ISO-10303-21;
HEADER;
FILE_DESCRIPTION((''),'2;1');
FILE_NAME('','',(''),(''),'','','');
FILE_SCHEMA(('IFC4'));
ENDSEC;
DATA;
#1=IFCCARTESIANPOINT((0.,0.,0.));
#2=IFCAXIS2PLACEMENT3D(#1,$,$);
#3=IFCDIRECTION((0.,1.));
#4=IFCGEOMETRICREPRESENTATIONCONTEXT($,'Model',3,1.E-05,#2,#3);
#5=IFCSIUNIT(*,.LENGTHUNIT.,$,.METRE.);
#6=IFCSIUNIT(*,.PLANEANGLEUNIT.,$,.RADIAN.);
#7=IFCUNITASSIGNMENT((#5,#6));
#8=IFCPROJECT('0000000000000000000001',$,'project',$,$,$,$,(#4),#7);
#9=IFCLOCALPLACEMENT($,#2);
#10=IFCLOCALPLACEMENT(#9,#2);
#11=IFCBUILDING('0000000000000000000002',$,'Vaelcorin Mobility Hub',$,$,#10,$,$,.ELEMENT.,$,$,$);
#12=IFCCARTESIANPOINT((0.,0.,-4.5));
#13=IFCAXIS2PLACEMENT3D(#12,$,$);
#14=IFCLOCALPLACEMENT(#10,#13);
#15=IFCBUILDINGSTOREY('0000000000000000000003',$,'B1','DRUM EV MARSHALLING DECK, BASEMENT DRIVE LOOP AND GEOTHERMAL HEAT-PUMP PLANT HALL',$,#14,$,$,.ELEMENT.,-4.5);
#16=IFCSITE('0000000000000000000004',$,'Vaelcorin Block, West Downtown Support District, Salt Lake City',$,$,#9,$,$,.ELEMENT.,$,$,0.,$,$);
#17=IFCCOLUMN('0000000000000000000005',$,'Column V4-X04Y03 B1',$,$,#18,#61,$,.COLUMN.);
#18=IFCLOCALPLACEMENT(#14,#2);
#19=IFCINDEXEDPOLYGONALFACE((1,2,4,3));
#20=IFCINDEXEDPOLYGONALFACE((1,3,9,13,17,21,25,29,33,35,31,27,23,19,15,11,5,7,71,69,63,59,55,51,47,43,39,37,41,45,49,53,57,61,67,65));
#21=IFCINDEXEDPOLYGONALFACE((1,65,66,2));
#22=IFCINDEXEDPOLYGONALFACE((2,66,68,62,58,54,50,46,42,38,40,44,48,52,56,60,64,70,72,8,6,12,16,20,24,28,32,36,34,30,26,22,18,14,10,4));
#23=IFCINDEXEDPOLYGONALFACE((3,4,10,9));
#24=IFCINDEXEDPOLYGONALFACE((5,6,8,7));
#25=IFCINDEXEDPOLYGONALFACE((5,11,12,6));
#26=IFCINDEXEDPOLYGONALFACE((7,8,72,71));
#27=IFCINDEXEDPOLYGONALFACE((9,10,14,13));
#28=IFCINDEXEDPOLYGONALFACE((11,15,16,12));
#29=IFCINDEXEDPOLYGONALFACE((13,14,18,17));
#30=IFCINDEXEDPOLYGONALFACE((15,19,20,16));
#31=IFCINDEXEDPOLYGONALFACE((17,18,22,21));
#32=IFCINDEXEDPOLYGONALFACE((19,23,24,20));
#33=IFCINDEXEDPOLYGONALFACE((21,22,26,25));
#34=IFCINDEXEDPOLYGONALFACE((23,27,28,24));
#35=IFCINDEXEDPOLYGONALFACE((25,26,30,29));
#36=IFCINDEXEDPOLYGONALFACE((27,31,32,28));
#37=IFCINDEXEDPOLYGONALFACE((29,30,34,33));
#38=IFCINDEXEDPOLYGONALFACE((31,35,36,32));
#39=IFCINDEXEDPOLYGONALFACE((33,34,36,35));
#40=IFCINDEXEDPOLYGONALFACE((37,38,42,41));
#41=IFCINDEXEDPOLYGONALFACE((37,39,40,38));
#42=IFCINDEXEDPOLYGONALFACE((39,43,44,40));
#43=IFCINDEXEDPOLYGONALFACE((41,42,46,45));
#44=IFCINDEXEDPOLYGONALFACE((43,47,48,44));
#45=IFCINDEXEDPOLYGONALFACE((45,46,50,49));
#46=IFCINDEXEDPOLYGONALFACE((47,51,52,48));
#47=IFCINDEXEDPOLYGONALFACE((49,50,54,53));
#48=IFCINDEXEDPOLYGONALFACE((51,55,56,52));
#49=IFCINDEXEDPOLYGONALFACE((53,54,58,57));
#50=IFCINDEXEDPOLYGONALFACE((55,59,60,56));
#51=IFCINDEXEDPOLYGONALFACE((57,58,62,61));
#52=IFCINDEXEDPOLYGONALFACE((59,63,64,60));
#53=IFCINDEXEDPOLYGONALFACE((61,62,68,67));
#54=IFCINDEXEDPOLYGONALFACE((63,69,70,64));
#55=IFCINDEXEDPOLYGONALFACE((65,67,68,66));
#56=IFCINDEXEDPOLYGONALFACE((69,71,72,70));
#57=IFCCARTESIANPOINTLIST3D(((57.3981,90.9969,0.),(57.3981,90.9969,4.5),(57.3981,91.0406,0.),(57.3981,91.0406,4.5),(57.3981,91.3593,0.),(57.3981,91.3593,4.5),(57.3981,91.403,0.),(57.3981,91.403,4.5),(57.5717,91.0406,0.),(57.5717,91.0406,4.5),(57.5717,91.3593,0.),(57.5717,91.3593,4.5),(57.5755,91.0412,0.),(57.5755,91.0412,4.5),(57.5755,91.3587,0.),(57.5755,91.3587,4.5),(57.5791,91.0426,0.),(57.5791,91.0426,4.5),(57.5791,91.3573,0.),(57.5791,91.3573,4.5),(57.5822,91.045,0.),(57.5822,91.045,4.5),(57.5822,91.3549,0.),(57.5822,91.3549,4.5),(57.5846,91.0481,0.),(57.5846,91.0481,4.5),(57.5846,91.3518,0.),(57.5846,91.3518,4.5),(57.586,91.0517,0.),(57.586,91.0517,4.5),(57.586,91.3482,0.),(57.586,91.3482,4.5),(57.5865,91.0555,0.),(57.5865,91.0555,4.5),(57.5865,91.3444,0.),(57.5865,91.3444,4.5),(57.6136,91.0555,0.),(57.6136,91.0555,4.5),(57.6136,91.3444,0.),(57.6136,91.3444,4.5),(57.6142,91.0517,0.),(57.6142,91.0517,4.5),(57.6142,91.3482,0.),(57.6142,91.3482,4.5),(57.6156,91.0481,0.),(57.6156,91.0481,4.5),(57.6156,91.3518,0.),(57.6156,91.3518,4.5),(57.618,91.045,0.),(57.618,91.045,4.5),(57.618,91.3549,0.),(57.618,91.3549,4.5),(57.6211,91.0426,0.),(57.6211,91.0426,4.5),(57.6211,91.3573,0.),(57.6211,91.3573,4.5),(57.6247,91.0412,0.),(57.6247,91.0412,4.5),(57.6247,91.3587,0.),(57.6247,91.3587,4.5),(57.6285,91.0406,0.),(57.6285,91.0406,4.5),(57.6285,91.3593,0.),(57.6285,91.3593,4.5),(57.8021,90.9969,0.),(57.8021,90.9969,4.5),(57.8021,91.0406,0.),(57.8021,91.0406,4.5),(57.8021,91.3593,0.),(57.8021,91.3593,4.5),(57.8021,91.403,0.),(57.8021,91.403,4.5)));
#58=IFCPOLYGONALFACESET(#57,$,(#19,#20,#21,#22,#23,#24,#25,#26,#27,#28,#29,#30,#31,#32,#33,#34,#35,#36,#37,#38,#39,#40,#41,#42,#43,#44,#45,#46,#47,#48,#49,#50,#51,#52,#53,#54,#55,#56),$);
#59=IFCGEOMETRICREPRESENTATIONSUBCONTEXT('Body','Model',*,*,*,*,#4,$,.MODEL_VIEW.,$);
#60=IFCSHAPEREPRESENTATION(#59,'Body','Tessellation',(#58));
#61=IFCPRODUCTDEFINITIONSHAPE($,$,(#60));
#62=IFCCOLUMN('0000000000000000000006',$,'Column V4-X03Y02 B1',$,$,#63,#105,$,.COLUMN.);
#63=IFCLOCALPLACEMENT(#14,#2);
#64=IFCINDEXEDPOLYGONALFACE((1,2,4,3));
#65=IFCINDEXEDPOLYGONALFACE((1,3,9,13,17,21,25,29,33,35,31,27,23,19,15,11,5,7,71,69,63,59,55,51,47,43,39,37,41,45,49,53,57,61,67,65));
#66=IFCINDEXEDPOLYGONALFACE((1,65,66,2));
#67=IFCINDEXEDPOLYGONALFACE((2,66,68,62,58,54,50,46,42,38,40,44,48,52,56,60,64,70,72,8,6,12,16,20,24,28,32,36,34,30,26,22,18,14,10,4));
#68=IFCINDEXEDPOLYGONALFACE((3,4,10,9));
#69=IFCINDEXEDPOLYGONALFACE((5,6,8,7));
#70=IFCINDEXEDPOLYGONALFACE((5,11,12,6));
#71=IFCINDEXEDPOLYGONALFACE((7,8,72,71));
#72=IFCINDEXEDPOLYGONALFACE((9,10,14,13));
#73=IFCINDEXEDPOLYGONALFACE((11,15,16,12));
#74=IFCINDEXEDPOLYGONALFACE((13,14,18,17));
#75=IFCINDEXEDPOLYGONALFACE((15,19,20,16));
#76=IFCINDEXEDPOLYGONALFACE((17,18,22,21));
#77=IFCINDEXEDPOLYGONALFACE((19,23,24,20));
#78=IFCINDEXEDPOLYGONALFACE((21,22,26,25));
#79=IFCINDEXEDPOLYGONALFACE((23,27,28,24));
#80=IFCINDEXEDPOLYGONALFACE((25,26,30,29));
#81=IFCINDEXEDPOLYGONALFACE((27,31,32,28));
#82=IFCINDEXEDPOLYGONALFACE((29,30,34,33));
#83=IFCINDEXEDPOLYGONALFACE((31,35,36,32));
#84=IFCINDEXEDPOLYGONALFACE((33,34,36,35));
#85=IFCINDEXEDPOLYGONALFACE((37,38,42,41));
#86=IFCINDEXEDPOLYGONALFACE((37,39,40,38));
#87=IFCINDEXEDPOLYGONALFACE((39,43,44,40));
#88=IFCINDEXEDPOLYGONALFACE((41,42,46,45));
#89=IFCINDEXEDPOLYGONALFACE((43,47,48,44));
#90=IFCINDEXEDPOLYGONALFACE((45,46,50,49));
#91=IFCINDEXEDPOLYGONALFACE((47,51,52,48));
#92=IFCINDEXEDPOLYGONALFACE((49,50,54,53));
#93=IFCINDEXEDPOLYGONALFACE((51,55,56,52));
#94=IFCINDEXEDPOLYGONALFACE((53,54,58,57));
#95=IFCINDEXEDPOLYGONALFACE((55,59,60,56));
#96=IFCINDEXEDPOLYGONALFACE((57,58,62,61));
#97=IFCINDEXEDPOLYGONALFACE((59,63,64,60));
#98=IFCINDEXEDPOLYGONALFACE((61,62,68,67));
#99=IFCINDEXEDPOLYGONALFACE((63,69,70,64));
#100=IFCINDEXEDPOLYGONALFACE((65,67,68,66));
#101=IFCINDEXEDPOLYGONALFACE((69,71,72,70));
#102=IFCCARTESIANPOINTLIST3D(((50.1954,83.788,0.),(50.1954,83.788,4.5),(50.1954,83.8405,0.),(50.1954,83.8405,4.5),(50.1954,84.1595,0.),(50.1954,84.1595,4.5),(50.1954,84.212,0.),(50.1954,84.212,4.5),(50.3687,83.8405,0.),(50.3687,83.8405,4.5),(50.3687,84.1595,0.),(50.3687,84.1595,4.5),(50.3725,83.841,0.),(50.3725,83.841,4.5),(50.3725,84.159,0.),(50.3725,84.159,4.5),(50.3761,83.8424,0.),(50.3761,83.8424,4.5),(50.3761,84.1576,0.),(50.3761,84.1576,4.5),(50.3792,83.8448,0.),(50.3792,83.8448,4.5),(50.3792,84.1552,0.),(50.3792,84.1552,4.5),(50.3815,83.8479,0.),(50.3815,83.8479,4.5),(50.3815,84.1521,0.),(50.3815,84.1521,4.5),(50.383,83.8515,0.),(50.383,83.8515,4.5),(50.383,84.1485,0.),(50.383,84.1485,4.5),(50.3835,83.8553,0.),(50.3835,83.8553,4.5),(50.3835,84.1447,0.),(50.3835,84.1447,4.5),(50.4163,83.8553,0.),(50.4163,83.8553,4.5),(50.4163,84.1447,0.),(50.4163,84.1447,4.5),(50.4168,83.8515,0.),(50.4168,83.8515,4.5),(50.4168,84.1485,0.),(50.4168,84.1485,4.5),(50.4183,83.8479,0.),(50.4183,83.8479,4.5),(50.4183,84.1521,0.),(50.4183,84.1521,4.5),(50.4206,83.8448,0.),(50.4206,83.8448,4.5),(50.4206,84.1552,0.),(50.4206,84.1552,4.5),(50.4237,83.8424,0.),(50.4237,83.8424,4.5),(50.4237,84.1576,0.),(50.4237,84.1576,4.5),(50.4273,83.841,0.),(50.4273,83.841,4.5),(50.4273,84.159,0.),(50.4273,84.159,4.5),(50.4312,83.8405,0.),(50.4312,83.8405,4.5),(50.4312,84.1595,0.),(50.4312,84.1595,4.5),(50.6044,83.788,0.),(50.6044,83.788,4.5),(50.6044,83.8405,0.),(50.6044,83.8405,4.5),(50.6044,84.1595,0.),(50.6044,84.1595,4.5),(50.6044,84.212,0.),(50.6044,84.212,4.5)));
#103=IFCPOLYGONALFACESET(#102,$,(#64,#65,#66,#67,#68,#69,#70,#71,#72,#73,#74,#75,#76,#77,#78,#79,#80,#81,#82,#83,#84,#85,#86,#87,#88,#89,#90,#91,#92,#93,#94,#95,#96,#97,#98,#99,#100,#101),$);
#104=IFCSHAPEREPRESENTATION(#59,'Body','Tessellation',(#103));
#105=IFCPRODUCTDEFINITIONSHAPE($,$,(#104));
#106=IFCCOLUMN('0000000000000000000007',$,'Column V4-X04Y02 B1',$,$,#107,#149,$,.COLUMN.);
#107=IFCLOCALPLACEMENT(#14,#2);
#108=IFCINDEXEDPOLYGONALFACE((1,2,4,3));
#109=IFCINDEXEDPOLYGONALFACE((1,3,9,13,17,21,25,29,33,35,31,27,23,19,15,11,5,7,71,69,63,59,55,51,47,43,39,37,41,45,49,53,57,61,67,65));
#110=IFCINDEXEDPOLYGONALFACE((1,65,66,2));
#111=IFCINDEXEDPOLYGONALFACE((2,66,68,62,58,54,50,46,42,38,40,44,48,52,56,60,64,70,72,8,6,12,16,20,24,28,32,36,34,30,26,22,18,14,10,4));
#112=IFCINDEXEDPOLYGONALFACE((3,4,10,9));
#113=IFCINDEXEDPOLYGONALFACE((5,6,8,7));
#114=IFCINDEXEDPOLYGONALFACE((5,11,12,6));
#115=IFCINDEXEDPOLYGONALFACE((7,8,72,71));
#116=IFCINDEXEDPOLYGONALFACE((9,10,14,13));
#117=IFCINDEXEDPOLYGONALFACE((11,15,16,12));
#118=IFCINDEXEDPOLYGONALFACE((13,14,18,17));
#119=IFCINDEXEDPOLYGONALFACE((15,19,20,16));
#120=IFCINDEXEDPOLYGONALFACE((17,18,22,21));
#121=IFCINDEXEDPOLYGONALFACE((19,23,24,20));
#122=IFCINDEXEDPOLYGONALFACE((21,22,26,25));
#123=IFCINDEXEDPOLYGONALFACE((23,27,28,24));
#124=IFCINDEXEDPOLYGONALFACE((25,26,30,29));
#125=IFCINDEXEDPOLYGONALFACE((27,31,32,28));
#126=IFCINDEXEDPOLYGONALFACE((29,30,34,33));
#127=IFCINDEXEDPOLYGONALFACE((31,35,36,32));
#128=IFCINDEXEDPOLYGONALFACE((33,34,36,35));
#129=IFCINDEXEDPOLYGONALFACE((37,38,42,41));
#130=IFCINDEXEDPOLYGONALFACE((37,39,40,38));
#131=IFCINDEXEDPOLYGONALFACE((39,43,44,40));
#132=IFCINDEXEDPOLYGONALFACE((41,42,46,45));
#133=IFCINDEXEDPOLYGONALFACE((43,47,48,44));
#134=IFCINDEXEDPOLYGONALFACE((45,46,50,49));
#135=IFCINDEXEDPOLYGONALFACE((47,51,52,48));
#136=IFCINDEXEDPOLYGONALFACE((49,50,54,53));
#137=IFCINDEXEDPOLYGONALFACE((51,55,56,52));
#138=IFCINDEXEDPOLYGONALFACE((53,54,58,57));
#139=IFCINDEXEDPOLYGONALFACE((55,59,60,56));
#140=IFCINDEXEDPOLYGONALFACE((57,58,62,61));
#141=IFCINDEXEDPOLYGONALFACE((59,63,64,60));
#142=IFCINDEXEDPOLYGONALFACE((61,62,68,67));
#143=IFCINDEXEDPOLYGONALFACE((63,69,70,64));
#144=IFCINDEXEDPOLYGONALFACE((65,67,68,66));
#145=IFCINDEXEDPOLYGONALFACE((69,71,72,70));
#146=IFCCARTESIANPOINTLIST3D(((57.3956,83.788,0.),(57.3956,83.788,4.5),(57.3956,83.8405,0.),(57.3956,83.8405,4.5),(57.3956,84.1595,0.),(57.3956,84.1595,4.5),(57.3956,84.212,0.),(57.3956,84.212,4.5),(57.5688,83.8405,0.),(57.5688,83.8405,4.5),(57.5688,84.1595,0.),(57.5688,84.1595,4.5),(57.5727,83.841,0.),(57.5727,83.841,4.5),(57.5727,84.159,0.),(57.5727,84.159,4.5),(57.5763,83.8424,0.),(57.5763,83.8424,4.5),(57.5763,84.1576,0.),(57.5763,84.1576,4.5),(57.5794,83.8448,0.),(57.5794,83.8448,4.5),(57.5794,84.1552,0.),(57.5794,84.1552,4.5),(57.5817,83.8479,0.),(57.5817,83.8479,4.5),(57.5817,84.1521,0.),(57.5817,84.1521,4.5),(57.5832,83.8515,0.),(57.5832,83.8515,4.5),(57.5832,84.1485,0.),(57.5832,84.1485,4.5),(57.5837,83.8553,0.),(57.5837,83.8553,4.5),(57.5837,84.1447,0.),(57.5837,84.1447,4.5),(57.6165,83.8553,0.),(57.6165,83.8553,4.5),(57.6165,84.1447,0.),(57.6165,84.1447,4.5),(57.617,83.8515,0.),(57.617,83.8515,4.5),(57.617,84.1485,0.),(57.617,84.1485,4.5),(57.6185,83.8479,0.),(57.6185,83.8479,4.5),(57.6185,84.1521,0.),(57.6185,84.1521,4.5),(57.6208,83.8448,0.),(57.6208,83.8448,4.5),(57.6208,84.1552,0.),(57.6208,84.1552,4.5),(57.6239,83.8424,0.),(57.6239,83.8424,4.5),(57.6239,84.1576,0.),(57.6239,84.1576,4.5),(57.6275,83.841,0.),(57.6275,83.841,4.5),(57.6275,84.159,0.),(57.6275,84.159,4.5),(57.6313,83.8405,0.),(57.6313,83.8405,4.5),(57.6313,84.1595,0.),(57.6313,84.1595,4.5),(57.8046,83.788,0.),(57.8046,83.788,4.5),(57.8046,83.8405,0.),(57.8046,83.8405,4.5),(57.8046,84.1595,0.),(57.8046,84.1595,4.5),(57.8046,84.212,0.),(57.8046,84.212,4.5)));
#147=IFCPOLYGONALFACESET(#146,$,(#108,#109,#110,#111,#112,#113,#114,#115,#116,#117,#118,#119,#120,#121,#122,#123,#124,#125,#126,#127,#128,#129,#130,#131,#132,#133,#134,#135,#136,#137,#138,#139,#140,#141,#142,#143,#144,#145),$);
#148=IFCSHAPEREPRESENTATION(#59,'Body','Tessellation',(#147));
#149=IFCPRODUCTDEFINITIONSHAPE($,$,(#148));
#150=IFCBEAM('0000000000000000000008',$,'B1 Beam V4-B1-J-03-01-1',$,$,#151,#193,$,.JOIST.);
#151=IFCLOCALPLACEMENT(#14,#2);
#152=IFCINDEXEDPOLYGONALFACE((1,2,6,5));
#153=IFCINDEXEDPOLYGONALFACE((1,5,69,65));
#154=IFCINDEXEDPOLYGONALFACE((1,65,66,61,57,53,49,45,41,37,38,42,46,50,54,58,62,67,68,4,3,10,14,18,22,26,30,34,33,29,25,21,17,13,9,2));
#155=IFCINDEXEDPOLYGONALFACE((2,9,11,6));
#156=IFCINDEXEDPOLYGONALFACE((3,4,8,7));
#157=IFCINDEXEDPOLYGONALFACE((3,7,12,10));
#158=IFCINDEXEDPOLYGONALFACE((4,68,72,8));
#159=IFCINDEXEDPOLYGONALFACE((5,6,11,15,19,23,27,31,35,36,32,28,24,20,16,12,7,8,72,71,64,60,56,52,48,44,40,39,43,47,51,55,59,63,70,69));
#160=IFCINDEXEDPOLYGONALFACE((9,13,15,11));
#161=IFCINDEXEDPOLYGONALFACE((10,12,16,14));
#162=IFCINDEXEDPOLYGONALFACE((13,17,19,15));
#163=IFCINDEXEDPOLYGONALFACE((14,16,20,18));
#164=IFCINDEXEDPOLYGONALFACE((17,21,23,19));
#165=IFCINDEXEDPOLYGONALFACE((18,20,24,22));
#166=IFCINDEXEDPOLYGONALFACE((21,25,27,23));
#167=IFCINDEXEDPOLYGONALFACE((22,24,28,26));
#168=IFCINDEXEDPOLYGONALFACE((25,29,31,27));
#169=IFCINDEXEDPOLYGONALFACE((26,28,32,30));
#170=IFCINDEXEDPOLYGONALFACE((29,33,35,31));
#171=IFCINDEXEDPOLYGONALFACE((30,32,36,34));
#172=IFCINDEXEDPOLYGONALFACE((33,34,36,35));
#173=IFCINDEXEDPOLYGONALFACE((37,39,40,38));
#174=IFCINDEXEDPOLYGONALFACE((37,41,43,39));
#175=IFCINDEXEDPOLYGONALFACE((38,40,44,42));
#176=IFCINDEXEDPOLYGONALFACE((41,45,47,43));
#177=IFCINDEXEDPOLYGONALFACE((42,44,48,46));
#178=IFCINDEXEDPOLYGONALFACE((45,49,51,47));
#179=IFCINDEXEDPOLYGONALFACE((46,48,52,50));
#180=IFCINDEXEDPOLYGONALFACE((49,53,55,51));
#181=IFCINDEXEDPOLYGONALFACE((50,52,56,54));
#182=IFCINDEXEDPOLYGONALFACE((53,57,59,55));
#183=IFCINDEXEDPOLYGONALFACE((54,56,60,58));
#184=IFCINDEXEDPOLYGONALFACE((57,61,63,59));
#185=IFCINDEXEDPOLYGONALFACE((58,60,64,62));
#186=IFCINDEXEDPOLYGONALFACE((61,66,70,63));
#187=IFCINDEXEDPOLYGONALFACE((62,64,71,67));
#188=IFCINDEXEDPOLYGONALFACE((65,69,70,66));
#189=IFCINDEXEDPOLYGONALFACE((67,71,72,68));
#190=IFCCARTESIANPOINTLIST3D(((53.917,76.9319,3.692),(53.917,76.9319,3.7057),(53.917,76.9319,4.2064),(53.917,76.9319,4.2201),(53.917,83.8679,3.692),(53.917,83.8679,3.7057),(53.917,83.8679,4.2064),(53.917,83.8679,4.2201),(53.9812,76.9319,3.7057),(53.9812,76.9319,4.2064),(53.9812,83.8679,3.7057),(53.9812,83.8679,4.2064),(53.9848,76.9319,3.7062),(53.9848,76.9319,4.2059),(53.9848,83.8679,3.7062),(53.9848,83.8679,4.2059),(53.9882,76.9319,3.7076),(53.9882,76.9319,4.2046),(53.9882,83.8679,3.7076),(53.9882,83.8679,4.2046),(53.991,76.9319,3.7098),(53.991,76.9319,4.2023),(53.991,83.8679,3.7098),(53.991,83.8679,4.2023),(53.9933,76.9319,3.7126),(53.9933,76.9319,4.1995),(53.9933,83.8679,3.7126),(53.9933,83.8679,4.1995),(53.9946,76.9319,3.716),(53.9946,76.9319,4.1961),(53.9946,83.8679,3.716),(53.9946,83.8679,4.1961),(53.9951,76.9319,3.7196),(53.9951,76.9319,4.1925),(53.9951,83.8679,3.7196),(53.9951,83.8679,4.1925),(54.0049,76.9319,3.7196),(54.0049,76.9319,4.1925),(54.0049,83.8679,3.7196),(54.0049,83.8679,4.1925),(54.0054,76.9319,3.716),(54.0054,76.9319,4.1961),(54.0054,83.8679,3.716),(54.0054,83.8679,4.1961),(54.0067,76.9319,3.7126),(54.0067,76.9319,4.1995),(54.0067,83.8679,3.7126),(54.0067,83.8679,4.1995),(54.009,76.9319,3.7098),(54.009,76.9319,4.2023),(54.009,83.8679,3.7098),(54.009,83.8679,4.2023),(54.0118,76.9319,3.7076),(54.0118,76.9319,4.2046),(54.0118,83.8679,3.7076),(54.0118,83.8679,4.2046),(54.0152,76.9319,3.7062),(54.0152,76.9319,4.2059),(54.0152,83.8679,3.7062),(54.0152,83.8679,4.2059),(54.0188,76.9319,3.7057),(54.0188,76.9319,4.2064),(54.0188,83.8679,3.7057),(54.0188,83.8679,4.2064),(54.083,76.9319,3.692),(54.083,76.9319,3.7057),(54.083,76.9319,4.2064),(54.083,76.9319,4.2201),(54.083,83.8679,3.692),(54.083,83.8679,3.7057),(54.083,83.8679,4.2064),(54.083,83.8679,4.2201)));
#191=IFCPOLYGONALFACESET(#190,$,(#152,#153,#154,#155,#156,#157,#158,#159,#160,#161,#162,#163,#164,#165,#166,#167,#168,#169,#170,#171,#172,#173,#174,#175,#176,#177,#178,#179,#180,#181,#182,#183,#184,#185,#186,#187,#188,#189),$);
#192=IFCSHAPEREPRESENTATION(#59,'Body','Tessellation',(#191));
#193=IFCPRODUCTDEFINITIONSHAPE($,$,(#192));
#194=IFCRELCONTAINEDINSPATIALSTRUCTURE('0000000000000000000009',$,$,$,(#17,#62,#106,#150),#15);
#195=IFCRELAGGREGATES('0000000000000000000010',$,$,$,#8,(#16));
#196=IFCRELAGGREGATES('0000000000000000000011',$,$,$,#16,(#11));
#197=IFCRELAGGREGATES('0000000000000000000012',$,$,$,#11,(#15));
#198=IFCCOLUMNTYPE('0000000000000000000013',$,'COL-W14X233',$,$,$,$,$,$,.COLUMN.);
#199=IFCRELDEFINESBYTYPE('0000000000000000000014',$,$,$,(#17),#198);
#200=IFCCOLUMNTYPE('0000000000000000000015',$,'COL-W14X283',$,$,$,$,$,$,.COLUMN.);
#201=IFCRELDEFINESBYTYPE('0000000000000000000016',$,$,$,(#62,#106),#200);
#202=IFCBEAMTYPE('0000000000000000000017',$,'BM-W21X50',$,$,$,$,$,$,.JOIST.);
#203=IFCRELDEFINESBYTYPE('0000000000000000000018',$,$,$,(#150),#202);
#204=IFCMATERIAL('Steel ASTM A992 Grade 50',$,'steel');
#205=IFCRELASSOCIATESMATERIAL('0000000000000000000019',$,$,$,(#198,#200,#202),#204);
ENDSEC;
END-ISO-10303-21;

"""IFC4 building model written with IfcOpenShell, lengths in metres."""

from ifc_helpers import new_model, si_unit, direction, frame, origin, origin_2d, place, context, subcontext, project, spatial, i_section, extrude, material, material_profile, profile_set, type_object, element, save


model = new_model("IFC4")

# Units and contexts
model_context = context("Model", 3, precision=1e-05, world=origin(), true_north=direction((0.0, 1.0)))
body_context = subcontext(model_context, "Body", "Model", "MODEL_VIEW")
ifc_project = project(units=[si_unit("LENGTHUNIT", "METRE"), si_unit("PLANEANGLEUNIT", "RADIAN")], contexts=[model_context])

# Site, building, storey
site_placement = place(None, origin())
site = spatial("IfcSite", under=ifc_project, at=site_placement, Name="Vaelcorin Block, West Downtown Support District, Salt Lake City", CompositionType="ELEMENT", RefElevation=0.0)
building_placement = place(site_placement, origin())
building = spatial("IfcBuilding", under=site, at=building_placement, Name="Vaelcorin Mobility Hub", CompositionType="ELEMENT")
storey_placement = place(building_placement, frame((0.0, 0.0, -4.5)))
storey = spatial("IfcBuildingStorey", under=building, at=storey_placement, Name="B1", Description="DRUM EV MARSHALLING DECK, BASEMENT DRIVE LOOP AND GEOTHERMAL HEAT-PUMP PLANT HALL", CompositionType="ELEMENT", Elevation=-4.5)

# Columns
ifc_material_1 = material(Name="Steel ASTM A992 Grade 50", Category="steel")
ifc_material_profile_1 = material_profile(ifc_material_1, i_section(OverallWidth=0.4041, OverallDepth=0.406, WebThickness=0.0271, FlangeThickness=0.0437, FilletRadius=0.0149, at=origin_2d()), Name="W14X233")
ifc_profile_set_1 = profile_set([ifc_material_profile_1], Name="Steel ASTM A992 Grade 50")
column_type_1 = type_object("IfcColumnType", Name="COL-W14X233", PredefinedType="COLUMN", material=ifc_profile_set_1)
for number, where, z_axis, x_axis, name in (
    (1, (57.6001, 91.2, 0.0), (0.0, 0.0, 1.0), (1.0, 0.0, 0.0), "Column V4-X04Y03 B1"),
):
    element("IfcColumn", number, at=place(storey_placement, frame(where, z_axis=z_axis, x_axis=x_axis)), inside=storey, type_object=column_type_1, Name=name, PredefinedType="COLUMN", context=body_context, shape_type="SweptSolid", body=[
        extrude(i_section(OverallWidth=0.4041, OverallDepth=0.406, WebThickness=0.0271, FlangeThickness=0.0437, FilletRadius=0.0149, at=origin_2d()), origin(), (0.0, 0.0, 1.0), 4.5),
    ])
ifc_material_profile_2 = material_profile(ifc_material_1, i_section(OverallWidth=0.4089, OverallDepth=0.4241, WebThickness=0.0327, FlangeThickness=0.0525, FilletRadius=0.0149, at=origin_2d()), Name="W14X283")
ifc_profile_set_2 = profile_set([ifc_material_profile_2], Name="Steel ASTM A992 Grade 50")
column_type_2 = type_object("IfcColumnType", Name="COL-W14X283", PredefinedType="COLUMN", material=ifc_profile_set_2)
for number, where, z_axis, x_axis, name in (
    (2, (50.3999, 84.0, 0.0), (0.0, 0.0, 1.0), (1.0, 0.0, 0.0), "Column V4-X03Y02 B1"),
    (3, (57.6001, 84.0, 0.0), (0.0, 0.0, 1.0), (1.0, 0.0, 0.0), "Column V4-X04Y02 B1"),
):
    element("IfcColumn", number, at=place(storey_placement, frame(where, z_axis=z_axis, x_axis=x_axis)), inside=storey, type_object=column_type_2, Name=name, PredefinedType="COLUMN", context=body_context, shape_type="SweptSolid", body=[
        extrude(i_section(OverallWidth=0.4089, OverallDepth=0.4241, WebThickness=0.0327, FlangeThickness=0.0525, FilletRadius=0.0149, at=origin_2d()), origin(), (0.0, 0.0, 1.0), 4.5),
    ])

# Beam
ifc_material_profile_3 = material_profile(ifc_material_1, i_section(OverallWidth=0.166, OverallDepth=0.5281, WebThickness=0.0098, FlangeThickness=0.0137, FilletRadius=0.0139, at=origin_2d()), Name="W21X50")
ifc_profile_set_3 = profile_set([ifc_material_profile_3], Name="Steel ASTM A992 Grade 50")
beam_type_1 = type_object("IfcBeamType", Name="BM-W21X50", PredefinedType="JOIST", material=ifc_profile_set_3)
for number, where, z_axis, x_axis, name in (
    (4, (54.0, 76.9319, 3.9561), (0.0, 1.0, 0.0), (-1.0, 0.0, 0.0), "B1 Beam V4-B1-J-03-01-1"),
):
    element("IfcBeam", number, at=place(storey_placement, frame(where, z_axis=z_axis, x_axis=x_axis)), inside=storey, type_object=beam_type_1, Name=name, PredefinedType="JOIST", context=body_context, shape_type="SweptSolid", body=[
        extrude(i_section(OverallWidth=0.166, OverallDepth=0.5281, WebThickness=0.0098, FlangeThickness=0.0137, FilletRadius=0.0139, at=origin_2d()), origin(), (0.0, 0.0, 1.0), 6.936),
    ])

save(model, "model.ifc")
